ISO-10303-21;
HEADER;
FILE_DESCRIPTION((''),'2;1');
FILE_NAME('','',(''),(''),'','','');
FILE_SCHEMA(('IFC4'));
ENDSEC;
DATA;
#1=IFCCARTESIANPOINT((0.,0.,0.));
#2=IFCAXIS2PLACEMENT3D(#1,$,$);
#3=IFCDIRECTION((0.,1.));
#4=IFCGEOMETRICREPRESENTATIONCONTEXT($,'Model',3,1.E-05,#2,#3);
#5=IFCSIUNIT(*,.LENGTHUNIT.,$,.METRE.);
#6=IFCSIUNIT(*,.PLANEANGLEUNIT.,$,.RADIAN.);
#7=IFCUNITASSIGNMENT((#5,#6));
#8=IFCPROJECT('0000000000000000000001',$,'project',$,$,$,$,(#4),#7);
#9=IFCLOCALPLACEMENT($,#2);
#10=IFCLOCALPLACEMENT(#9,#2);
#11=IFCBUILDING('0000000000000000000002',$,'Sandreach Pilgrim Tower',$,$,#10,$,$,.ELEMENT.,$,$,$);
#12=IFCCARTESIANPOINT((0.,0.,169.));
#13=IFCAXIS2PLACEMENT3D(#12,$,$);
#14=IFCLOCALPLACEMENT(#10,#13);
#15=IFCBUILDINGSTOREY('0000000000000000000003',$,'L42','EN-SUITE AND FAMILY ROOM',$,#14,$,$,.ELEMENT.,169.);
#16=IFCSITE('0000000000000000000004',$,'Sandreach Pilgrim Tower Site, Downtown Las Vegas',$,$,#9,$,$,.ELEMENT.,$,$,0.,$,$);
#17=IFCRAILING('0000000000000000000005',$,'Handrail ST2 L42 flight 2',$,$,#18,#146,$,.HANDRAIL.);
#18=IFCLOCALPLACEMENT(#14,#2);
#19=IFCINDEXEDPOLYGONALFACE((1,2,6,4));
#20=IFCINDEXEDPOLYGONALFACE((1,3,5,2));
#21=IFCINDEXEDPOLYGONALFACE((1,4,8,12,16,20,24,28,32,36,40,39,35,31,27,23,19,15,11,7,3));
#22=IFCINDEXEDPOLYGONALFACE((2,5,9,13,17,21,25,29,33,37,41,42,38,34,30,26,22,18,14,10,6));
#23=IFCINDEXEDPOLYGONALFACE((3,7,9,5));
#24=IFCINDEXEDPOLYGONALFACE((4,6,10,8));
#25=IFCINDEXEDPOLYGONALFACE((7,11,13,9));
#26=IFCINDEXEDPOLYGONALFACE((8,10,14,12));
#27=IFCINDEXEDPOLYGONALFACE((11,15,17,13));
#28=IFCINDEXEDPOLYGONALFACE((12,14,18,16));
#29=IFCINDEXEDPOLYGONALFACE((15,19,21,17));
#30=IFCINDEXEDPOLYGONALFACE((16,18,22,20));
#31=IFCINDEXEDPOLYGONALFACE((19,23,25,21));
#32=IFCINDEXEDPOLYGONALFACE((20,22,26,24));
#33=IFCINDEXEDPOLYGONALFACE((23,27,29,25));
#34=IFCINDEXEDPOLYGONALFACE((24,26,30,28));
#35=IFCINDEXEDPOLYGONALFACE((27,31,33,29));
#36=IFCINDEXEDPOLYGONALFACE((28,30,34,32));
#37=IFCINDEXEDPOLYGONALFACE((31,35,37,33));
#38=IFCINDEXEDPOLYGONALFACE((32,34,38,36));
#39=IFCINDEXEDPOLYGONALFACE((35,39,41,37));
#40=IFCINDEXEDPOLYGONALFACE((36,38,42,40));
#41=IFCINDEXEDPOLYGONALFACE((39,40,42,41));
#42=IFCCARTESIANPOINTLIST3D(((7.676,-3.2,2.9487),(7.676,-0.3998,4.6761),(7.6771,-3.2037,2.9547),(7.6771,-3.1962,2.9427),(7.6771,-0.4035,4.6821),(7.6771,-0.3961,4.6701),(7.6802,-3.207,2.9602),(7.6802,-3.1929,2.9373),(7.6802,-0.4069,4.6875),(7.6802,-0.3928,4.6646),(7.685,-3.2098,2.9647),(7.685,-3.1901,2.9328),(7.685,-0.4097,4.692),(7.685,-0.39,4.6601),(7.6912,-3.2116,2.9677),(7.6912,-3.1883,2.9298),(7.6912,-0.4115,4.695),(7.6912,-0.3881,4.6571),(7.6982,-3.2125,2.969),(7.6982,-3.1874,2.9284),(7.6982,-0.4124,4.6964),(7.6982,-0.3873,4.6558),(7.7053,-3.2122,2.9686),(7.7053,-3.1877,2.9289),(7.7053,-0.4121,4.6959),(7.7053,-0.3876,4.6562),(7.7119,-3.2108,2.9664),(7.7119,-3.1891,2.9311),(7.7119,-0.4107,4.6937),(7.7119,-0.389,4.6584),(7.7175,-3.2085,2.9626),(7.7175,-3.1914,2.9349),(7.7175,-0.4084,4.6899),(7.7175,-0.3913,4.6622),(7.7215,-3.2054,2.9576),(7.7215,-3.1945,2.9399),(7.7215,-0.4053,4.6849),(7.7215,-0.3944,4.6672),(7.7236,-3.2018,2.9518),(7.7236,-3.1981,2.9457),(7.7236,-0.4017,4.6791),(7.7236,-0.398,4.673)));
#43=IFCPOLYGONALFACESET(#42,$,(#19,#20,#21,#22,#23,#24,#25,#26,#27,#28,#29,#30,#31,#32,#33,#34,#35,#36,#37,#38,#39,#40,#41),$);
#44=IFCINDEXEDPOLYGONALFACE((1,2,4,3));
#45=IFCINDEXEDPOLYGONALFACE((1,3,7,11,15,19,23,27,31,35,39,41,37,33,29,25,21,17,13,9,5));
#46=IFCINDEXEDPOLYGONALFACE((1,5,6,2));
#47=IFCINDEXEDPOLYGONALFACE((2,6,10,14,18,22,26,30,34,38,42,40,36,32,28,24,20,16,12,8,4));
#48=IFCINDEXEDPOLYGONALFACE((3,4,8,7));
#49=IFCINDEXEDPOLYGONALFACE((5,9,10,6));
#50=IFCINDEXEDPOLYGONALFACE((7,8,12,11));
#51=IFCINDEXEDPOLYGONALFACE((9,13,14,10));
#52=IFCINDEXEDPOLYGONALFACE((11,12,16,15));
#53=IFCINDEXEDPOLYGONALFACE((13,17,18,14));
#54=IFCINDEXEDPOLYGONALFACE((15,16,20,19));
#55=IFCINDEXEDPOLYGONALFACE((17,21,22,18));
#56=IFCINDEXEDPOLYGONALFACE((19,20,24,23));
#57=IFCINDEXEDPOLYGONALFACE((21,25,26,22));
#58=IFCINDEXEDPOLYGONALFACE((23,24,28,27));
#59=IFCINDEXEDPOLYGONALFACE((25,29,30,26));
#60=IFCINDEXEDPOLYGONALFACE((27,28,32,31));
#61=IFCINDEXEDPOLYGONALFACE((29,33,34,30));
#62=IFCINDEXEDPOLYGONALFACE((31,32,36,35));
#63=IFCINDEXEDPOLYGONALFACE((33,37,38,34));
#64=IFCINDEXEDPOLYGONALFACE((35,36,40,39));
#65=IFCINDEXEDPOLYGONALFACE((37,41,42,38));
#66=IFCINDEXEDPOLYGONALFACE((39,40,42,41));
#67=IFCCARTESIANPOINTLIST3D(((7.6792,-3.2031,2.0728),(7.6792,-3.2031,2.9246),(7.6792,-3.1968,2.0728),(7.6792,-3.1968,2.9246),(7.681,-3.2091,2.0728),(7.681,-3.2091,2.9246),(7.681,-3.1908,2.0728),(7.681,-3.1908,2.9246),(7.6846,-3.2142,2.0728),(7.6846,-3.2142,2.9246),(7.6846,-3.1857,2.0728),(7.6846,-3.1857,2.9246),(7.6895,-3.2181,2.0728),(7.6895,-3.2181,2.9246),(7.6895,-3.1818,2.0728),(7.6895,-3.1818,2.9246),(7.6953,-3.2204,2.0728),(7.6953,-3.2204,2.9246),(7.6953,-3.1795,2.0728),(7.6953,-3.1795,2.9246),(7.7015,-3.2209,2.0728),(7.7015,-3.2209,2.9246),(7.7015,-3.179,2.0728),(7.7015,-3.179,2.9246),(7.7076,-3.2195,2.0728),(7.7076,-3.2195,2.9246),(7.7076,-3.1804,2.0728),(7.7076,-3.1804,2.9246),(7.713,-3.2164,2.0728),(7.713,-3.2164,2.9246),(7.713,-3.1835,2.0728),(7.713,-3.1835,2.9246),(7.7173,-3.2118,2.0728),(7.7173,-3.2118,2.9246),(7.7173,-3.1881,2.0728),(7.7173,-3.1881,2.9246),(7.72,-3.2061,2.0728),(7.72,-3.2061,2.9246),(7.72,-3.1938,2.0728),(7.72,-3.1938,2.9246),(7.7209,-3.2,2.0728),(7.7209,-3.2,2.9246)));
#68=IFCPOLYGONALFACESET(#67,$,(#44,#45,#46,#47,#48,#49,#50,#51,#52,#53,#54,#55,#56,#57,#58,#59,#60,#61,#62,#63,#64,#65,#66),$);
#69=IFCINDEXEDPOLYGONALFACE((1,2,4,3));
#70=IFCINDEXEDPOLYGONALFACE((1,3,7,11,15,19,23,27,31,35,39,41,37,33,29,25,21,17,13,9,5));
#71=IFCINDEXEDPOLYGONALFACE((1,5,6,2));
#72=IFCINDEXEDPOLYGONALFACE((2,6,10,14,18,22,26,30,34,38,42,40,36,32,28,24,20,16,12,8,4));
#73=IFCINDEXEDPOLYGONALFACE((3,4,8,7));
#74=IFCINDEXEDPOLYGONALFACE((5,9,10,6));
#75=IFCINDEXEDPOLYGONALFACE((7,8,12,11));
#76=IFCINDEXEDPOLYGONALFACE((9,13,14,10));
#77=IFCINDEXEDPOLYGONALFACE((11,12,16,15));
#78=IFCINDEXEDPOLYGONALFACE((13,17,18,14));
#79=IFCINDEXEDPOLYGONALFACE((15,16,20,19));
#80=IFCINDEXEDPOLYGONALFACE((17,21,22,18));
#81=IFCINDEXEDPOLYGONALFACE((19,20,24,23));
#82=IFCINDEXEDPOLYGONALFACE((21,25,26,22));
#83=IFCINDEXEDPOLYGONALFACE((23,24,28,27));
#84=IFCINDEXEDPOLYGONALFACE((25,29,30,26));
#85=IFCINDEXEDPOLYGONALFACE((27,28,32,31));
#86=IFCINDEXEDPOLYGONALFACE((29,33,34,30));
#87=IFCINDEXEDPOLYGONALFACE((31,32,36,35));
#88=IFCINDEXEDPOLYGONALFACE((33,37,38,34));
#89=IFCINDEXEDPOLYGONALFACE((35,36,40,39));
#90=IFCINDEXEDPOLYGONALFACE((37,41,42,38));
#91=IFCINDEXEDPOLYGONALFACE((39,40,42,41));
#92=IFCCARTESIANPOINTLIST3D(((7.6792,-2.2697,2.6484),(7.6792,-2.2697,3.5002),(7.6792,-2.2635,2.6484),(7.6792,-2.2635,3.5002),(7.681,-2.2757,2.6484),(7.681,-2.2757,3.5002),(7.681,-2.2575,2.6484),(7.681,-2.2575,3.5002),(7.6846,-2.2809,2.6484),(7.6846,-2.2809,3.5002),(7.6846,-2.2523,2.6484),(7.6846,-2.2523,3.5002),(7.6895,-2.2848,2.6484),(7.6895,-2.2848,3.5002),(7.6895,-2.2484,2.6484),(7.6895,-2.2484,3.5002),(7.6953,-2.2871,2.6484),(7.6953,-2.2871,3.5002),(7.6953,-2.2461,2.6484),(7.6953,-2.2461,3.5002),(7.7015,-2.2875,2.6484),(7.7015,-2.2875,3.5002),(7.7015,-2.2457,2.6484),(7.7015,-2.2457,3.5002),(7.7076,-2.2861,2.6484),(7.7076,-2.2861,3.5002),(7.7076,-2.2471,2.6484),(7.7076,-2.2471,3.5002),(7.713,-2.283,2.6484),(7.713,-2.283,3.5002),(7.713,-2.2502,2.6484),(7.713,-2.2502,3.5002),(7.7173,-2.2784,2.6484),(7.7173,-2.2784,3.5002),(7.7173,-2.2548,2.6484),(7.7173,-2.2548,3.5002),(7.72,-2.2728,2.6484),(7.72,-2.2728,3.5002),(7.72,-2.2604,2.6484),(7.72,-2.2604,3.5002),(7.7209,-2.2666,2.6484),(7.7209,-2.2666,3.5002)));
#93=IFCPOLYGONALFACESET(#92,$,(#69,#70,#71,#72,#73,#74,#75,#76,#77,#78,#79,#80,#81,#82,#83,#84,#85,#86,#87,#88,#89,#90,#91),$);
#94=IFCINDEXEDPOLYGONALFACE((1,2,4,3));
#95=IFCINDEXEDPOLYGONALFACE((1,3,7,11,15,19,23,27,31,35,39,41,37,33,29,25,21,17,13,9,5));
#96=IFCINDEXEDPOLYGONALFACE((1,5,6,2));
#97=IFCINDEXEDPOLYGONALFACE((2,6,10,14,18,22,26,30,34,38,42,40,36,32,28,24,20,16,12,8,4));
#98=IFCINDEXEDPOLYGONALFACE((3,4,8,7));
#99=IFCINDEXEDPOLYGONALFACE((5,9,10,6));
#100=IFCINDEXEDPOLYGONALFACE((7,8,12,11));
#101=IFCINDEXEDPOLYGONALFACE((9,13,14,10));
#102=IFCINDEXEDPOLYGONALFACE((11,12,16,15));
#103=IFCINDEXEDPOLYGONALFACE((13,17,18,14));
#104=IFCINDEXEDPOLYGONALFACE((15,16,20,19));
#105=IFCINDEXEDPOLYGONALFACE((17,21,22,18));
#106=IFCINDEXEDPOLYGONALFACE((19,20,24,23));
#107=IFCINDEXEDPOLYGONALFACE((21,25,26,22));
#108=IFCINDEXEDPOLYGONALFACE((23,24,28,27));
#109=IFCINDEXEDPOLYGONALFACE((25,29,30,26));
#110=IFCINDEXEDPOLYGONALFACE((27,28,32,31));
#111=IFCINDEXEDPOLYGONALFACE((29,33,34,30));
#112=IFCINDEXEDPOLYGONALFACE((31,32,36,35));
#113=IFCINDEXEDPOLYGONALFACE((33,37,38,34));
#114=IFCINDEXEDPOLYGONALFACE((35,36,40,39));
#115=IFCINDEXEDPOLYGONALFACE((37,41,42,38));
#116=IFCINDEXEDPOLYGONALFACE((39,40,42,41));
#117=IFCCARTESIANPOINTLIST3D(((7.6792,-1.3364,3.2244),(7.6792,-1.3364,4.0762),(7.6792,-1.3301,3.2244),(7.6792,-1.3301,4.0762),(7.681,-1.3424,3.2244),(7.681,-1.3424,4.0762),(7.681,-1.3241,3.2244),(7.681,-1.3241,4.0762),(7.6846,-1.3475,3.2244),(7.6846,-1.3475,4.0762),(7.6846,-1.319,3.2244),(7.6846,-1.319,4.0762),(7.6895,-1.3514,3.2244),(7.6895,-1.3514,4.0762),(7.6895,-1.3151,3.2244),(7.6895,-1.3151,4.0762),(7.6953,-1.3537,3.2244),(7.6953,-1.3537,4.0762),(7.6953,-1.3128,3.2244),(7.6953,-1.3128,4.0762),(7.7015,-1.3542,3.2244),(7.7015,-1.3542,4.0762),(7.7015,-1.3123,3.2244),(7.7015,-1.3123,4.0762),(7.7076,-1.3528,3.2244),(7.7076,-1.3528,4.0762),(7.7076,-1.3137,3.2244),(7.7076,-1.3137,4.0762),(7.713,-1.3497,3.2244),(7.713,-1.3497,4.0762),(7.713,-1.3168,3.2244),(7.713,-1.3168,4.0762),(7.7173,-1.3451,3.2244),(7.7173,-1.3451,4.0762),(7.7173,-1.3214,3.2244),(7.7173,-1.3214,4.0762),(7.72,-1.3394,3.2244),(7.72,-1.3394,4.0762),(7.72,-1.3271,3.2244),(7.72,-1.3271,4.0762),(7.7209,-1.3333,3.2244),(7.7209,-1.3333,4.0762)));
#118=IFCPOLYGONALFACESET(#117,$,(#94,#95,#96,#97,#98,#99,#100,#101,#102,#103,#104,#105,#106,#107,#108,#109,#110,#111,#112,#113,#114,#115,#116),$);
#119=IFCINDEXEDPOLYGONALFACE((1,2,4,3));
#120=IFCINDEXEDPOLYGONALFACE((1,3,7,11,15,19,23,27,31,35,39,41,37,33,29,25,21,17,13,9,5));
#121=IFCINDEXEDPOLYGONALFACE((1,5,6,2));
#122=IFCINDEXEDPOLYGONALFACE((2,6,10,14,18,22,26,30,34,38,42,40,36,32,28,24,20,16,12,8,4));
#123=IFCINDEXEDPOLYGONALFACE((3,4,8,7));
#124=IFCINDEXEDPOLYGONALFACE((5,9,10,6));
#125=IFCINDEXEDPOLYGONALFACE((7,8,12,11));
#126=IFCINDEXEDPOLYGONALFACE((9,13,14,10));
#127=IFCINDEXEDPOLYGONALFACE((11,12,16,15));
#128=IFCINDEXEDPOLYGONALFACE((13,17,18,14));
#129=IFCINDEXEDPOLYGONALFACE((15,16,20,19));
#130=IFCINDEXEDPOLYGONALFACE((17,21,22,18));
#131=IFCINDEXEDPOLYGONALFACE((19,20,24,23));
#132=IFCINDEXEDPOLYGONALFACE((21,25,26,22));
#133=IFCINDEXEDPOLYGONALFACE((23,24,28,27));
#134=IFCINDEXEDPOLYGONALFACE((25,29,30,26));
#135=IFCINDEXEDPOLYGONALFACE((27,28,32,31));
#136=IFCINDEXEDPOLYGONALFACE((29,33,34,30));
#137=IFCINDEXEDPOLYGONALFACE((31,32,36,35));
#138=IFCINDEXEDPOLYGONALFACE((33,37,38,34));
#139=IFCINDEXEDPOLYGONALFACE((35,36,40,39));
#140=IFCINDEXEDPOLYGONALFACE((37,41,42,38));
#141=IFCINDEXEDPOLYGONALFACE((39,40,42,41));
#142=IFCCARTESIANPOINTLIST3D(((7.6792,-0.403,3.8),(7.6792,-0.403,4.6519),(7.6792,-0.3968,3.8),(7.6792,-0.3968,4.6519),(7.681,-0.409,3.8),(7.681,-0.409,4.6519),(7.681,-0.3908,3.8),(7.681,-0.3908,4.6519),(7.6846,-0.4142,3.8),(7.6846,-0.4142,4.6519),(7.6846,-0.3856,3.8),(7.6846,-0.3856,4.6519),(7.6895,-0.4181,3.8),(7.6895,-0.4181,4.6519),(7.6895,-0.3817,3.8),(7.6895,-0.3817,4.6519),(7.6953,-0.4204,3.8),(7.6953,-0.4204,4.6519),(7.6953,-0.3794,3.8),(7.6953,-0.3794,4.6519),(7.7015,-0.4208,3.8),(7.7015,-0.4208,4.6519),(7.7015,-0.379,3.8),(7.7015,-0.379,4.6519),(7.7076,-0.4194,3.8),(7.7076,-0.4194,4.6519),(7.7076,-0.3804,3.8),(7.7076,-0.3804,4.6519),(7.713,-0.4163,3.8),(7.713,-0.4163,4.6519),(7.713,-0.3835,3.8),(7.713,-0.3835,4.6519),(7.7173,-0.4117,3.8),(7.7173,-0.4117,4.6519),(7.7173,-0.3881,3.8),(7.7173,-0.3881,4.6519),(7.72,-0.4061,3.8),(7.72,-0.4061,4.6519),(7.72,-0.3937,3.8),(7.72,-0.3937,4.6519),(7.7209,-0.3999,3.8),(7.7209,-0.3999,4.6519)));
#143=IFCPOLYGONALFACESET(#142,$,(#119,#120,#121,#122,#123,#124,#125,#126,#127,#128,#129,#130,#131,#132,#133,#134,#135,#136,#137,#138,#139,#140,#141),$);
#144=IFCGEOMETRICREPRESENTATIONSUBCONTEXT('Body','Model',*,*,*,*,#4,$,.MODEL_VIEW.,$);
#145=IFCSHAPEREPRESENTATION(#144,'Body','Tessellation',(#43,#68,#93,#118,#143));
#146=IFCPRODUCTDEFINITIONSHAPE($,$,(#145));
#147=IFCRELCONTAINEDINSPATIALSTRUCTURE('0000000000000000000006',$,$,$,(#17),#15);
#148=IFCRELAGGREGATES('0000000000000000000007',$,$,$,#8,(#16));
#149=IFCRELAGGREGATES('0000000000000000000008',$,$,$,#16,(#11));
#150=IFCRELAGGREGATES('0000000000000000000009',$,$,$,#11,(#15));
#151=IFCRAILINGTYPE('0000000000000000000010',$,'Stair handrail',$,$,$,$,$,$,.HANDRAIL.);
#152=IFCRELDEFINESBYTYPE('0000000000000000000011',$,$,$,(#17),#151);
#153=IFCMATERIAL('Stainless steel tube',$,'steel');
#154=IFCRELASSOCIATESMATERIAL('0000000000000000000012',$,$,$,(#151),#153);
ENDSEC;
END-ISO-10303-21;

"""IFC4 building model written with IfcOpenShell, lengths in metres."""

from ifc_helpers import new_model, si_unit, direction, frame, origin, origin_2d, place, context, subcontext, project, spatial, circle, extrude, material, type_object, element, save


model = new_model("IFC4")

# Units and contexts
model_context = context("Model", 3, precision=1e-05, world=origin(), true_north=direction((0.0, 1.0)))
body_context = subcontext(model_context, "Body", "Model", "MODEL_VIEW")
ifc_project = project(units=[si_unit("LENGTHUNIT", "METRE"), si_unit("PLANEANGLEUNIT", "RADIAN")], contexts=[model_context])

# Site, building, storey
site_placement = place(None, origin())
site = spatial("IfcSite", under=ifc_project, at=site_placement, Name="Sandreach Pilgrim Tower Site, Downtown Las Vegas", CompositionType="ELEMENT", RefElevation=0.0)
building_placement = place(site_placement, origin())
building = spatial("IfcBuilding", under=site, at=building_placement, Name="Sandreach Pilgrim Tower", CompositionType="ELEMENT")
storey_placement = place(building_placement, frame((0.0, 0.0, 169.0)))
storey = spatial("IfcBuildingStorey", under=building, at=storey_placement, Name="L42", Description="EN-SUITE AND FAMILY ROOM", CompositionType="ELEMENT", Elevation=169.0)

# Railing
ifc_material_1 = material(Name="Stainless steel tube", Category="steel")
railing_type = type_object("IfcRailingType", Name="Stair handrail", PredefinedType="HANDRAIL", material=ifc_material_1)
for number, where, name in (
    (1, (7.7, -3.2, 2.0728), "Handrail ST2 L42 flight 2"),
):
    element("IfcRailing", number, at=place(storey_placement, frame(where)), inside=storey, type_object=railing_type, Name=name, PredefinedType="HANDRAIL", context=body_context, shape_type="SweptSolid", body=[
        extrude(circle(Radius=0.0239, at=origin_2d()), frame((0.0, 0.0, 0.876), z_axis=(0.0, 0.85109, 0.52502), x_axis=(-1.0, 0.0, 0.0)), (0.0, 0.0, 1.0), 3.29),
        extrude(circle(Radius=0.021, at=origin_2d()), origin(), (0.0, 0.0, 1.0), 0.8518),
        extrude(circle(Radius=0.021, at=origin_2d()), frame((0.0, 0.9333, 0.5757)), (0.0, 0.0, 1.0), 0.8518),
        extrude(circle(Radius=0.021, at=origin_2d()), frame((0.0, 1.8667, 1.1516)), (0.0, 0.0, 1.0), 0.8518),
        extrude(circle(Radius=0.021, at=origin_2d()), frame((0.0, 2.8, 1.7273)), (0.0, 0.0, 1.0), 0.8518),
    ])

save(model, "model.ifc")
